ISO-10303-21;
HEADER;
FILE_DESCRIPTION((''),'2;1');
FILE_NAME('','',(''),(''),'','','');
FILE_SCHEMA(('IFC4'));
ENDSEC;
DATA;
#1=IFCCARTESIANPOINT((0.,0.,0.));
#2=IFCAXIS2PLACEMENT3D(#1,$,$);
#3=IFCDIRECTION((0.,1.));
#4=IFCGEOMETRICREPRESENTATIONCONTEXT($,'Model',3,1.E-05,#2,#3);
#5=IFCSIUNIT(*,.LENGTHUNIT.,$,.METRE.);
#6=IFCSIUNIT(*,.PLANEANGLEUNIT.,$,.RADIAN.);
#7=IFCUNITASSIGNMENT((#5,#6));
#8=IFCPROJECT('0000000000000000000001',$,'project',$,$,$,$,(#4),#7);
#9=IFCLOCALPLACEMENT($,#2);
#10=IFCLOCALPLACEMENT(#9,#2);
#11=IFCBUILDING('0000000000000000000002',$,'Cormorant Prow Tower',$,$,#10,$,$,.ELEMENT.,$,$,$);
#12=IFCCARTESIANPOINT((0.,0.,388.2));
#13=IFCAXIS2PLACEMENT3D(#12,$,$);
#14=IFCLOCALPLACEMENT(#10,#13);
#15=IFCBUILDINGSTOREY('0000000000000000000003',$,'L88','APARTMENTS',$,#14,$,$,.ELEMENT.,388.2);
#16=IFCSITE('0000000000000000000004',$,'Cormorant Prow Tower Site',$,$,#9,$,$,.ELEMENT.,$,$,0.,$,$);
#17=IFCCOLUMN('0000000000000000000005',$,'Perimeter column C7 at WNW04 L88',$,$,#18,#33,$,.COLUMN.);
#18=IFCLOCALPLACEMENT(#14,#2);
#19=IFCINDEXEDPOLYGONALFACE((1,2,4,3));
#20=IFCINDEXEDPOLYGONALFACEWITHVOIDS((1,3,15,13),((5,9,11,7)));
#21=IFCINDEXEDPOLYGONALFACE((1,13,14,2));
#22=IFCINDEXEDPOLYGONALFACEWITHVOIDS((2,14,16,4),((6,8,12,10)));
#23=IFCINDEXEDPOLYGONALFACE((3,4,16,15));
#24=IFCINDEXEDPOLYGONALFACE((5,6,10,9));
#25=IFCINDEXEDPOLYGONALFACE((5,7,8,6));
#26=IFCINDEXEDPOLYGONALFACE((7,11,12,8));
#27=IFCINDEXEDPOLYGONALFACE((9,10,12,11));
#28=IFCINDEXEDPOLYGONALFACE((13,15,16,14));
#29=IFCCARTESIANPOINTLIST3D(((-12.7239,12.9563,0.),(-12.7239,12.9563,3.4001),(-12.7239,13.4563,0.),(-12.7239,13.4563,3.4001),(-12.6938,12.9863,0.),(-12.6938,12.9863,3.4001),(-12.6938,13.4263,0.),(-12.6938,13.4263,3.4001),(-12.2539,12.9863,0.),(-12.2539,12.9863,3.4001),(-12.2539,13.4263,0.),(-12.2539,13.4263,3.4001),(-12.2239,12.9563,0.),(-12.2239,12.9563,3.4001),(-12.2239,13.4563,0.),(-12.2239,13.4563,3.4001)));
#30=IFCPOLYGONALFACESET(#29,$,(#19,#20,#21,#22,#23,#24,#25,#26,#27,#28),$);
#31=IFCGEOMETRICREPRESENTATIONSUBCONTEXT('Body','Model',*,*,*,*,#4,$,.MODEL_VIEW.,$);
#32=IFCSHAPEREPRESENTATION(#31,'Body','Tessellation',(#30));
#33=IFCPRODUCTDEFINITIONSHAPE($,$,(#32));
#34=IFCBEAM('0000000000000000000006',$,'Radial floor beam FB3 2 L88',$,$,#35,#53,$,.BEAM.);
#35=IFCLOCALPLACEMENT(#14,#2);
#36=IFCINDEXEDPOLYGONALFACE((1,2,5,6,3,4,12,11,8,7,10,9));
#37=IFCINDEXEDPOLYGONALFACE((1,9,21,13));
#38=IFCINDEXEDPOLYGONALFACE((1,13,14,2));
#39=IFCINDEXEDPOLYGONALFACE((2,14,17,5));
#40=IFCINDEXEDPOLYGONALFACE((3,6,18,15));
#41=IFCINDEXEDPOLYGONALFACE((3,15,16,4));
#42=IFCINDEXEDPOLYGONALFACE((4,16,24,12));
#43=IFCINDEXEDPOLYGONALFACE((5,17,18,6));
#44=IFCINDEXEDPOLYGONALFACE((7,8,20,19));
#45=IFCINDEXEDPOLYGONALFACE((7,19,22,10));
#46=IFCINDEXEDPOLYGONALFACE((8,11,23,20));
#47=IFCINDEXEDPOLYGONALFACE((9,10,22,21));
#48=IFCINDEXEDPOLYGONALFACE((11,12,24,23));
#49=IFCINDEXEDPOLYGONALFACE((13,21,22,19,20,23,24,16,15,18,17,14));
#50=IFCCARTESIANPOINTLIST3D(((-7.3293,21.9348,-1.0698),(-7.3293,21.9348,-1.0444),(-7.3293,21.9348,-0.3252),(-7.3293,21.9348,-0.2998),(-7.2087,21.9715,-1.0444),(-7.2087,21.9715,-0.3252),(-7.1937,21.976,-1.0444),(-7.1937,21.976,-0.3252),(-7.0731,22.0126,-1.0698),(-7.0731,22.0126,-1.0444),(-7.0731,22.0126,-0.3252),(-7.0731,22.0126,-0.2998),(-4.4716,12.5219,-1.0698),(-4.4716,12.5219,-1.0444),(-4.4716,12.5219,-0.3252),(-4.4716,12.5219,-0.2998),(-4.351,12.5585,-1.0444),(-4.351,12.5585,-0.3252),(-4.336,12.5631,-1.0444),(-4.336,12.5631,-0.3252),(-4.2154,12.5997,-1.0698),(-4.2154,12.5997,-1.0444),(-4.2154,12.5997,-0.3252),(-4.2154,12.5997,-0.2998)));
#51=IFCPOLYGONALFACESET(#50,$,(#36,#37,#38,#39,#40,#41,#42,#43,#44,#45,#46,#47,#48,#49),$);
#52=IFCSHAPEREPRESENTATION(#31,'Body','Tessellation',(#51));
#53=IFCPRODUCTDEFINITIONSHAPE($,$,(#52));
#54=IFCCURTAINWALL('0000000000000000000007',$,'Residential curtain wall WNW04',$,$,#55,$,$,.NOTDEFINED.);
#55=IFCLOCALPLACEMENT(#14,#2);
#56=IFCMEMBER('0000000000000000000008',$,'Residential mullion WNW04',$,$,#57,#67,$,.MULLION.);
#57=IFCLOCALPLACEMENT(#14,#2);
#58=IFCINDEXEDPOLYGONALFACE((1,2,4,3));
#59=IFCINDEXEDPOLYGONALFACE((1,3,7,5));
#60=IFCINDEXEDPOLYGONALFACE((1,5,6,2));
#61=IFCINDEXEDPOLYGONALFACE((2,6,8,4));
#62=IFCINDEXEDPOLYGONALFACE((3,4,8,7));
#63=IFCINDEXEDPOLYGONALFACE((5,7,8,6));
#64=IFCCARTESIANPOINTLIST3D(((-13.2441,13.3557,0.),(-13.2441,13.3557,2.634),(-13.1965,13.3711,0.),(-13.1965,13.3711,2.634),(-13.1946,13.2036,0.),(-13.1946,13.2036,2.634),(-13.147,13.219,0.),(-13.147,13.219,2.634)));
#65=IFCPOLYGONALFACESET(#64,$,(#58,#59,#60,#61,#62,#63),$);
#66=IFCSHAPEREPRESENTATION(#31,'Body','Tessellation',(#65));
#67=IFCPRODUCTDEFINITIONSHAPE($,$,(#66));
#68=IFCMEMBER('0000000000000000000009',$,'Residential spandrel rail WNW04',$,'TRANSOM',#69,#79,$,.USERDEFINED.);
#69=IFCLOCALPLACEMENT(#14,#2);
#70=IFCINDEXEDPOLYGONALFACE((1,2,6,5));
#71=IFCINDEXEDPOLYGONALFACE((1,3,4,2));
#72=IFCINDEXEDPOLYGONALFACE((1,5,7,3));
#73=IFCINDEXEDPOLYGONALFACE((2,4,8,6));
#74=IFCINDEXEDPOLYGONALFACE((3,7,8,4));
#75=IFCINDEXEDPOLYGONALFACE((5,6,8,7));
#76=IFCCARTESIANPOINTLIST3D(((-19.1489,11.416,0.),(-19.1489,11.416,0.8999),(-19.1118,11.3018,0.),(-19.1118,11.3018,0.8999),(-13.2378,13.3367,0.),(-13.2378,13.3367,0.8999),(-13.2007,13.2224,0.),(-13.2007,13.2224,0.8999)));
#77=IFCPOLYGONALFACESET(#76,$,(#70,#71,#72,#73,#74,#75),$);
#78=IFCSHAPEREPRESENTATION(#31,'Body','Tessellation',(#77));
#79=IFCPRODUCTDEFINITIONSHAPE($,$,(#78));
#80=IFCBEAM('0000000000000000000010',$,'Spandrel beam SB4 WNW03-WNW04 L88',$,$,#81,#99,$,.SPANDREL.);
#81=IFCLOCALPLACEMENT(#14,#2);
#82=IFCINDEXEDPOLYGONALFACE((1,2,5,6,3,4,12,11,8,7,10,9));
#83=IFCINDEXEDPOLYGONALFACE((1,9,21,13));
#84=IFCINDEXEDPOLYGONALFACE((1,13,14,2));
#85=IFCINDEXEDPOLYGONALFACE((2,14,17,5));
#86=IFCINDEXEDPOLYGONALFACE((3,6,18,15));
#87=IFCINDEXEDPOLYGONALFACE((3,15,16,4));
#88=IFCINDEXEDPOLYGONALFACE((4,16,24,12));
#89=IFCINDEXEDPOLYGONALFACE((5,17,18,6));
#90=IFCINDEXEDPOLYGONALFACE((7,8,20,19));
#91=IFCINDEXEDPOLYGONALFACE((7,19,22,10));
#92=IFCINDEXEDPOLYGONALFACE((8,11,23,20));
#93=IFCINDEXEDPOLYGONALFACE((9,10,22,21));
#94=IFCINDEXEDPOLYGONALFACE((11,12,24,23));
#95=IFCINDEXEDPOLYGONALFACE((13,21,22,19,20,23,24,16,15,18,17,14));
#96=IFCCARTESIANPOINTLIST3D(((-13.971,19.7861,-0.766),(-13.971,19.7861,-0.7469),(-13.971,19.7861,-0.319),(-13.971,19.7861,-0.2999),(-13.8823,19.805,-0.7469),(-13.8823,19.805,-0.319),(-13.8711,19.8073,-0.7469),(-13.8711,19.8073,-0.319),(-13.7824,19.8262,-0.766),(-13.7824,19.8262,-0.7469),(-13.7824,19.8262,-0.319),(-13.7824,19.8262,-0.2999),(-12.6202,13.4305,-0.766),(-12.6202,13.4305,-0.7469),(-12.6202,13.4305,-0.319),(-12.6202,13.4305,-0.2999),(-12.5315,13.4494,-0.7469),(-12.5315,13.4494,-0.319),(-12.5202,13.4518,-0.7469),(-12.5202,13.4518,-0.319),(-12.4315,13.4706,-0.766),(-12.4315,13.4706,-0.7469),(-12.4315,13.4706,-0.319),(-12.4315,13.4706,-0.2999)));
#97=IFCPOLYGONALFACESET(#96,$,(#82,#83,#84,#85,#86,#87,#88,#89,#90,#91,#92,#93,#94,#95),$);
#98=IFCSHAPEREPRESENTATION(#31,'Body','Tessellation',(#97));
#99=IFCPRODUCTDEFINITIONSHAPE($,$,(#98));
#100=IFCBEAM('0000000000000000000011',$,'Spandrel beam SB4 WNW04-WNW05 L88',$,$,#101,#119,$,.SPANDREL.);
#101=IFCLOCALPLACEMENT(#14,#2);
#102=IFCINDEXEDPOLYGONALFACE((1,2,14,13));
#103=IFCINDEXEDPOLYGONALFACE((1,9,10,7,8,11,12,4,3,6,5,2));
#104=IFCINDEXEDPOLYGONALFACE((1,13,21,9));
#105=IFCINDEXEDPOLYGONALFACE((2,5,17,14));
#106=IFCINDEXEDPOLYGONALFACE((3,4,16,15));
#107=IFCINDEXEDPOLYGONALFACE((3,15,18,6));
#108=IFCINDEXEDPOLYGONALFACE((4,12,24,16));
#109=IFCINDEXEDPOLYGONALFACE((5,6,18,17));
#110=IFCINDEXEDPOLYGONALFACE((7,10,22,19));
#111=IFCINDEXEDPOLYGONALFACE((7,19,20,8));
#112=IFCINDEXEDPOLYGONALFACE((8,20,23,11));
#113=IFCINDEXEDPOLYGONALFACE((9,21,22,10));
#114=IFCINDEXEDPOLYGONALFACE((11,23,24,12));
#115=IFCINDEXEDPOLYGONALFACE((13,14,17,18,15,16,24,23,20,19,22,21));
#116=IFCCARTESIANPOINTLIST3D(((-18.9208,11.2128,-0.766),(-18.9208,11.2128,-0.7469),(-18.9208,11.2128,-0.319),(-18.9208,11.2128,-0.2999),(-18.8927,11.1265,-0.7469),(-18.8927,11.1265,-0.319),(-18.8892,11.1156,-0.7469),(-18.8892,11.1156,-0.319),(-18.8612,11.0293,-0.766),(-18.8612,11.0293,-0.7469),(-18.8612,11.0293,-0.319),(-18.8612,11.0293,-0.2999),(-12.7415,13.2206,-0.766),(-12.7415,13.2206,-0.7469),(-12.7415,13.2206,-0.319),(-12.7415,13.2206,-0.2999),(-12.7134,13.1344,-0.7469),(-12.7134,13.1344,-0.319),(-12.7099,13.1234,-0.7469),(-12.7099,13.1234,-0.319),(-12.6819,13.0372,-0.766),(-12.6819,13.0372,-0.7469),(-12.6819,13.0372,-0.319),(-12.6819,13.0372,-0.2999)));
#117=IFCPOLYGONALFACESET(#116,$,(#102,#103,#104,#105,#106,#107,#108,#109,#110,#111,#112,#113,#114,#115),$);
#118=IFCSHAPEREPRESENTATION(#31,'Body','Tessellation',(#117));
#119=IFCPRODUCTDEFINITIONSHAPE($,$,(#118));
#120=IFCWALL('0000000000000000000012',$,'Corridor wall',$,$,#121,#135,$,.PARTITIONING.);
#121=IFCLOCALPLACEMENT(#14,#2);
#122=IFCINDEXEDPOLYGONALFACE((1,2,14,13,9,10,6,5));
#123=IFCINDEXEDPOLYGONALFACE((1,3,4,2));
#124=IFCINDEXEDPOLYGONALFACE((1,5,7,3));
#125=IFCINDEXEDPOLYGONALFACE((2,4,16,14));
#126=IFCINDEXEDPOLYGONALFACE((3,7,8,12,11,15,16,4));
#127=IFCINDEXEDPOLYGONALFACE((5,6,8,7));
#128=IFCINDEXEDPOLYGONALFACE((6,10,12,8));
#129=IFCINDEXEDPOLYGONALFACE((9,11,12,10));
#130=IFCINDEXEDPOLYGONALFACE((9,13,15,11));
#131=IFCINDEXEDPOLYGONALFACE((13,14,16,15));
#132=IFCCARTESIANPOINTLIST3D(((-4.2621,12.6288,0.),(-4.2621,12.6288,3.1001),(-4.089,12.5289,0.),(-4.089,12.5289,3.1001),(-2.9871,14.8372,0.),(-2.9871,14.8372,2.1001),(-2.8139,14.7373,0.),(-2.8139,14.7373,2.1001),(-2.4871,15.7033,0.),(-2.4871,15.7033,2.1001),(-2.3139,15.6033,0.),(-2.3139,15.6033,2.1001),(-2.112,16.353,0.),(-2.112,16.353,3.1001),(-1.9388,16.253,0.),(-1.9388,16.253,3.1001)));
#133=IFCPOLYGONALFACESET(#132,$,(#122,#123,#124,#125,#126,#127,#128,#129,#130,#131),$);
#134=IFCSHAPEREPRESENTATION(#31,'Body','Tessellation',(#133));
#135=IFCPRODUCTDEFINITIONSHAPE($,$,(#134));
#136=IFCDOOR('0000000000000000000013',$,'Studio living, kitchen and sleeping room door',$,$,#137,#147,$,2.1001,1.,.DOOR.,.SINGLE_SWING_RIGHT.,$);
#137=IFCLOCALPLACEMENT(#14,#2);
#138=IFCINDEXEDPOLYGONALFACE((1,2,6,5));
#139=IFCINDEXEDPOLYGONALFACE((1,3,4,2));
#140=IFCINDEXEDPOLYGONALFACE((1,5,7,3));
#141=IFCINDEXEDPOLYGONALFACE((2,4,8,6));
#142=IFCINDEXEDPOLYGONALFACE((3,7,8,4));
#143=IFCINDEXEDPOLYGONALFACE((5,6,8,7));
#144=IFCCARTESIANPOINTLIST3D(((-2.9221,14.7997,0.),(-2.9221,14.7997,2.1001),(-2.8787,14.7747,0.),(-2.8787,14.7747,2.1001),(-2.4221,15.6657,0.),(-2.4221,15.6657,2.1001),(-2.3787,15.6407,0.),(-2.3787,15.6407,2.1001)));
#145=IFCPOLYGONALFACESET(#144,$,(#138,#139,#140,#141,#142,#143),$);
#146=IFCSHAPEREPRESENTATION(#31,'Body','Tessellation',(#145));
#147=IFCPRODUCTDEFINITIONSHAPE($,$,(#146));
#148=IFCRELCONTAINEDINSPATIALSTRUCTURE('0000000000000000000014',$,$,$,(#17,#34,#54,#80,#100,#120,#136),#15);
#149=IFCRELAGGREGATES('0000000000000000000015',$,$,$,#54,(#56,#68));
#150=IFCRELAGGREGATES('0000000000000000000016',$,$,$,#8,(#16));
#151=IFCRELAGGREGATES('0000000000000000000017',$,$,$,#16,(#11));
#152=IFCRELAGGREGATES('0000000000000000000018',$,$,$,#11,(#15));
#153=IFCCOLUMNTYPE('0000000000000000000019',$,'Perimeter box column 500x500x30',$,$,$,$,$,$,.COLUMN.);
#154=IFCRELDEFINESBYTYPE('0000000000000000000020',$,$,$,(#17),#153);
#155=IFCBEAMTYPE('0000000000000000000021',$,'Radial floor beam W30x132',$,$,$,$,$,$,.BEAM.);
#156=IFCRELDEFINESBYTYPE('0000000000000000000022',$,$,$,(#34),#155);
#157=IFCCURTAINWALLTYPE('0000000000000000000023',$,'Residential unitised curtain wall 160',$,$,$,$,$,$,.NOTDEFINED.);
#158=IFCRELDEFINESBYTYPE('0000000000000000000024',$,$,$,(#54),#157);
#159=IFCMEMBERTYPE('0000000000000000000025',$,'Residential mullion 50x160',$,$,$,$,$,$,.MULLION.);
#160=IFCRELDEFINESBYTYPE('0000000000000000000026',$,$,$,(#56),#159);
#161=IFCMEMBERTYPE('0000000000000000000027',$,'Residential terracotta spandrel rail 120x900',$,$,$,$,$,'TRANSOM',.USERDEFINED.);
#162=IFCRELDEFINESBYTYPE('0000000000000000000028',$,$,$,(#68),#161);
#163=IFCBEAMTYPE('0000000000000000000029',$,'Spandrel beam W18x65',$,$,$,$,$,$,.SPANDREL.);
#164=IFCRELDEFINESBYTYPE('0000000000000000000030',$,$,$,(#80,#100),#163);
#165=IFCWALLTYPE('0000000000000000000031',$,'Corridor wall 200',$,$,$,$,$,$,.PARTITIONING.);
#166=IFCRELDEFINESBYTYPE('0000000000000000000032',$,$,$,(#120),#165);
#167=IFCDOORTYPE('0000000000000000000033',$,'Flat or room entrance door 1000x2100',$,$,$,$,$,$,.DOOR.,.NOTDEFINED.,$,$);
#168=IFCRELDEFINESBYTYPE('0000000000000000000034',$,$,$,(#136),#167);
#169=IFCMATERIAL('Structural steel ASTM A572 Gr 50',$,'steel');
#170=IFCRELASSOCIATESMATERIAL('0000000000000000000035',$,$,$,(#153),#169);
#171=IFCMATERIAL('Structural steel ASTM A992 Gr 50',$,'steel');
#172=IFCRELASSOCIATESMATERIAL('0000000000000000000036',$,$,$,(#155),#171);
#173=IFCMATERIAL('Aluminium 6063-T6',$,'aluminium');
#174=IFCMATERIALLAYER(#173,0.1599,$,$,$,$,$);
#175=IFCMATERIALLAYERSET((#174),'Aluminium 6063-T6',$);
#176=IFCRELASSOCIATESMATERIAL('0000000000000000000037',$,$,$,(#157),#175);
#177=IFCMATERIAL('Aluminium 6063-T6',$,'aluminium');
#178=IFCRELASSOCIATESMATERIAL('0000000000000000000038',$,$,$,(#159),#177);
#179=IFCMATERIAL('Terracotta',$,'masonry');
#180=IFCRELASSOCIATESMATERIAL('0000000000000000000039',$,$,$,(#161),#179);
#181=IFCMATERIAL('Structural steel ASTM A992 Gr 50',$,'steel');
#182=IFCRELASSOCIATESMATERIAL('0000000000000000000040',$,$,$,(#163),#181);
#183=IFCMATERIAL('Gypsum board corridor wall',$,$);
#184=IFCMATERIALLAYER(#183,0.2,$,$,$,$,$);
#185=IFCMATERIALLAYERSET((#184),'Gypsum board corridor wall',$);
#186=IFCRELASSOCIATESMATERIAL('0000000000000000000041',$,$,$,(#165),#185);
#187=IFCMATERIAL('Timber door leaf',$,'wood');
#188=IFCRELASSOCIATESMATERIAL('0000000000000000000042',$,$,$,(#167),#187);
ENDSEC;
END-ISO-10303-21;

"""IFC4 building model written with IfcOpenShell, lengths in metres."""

from ifc_helpers import new_model, si_unit, direction, frame, frame_2d, origin, origin_2d, place, context, subcontext, project, spatial, rectangle, hollow_rectangle, i_section, extrude, material, layer, layer_set, material_profile, profile_set, type_object, element, fill, aggregate, save


model = new_model("IFC4")

# Units and contexts
model_context = context("Model", 3, precision=1e-05, world=origin(), true_north=direction((0.0, 1.0)))
body_context = subcontext(model_context, "Body", "Model", "MODEL_VIEW")
ifc_project = project(units=[si_unit("LENGTHUNIT", "METRE"), si_unit("PLANEANGLEUNIT", "RADIAN")], contexts=[model_context])

# Site, building, storey
site_placement = place(None, origin())
site = spatial("IfcSite", under=ifc_project, at=site_placement, Name="Cormorant Prow Tower Site", CompositionType="ELEMENT", RefElevation=0.0)
building_placement = place(site_placement, origin())
building = spatial("IfcBuilding", under=site, at=building_placement, Name="Cormorant Prow Tower", CompositionType="ELEMENT")
storey_placement = place(building_placement, frame((0.0, 0.0, 388.2)))
storey = spatial("IfcBuildingStorey", under=building, at=storey_placement, Name="L88", Description="APARTMENTS", CompositionType="ELEMENT", Elevation=388.2)

# Column
ifc_material_1 = material(Name="Structural steel ASTM A572 Gr 50", Category="steel")
ifc_material_profile_1 = material_profile(ifc_material_1, hollow_rectangle(XDim=0.5, YDim=0.5, WallThickness=0.03, at=origin_2d()), Name="Box 500x500x30")
ifc_profile_set_1 = profile_set([ifc_material_profile_1], Name="Structural steel ASTM A572 Gr 50")
column_type = type_object("IfcColumnType", Name="Perimeter box column 500x500x30", PredefinedType="COLUMN", material=ifc_profile_set_1)
column_placement = place(storey_placement, frame((-12.4739, 13.2063, 0.0), z_axis=(0.0, 0.0, 1.0), x_axis=(1.0, 0.0, 0.0)))
element("IfcColumn", 1, at=column_placement, inside=storey, type_object=column_type, Name="Perimeter column C7 at WNW04 L88", PredefinedType="COLUMN", context=body_context, shape_type="SweptSolid", body=[
    extrude(hollow_rectangle(XDim=0.5, YDim=0.5, WallThickness=0.03, at=origin_2d()), origin(), (0.0, 0.0, 1.0), 3.4001),
])

# Beam
ifc_material_2 = material(Name="Structural steel ASTM A992 Gr 50", Category="steel")
ifc_material_profile_2 = material_profile(ifc_material_2, i_section(OverallWidth=0.2678, OverallDepth=0.77, WebThickness=0.0156, FlangeThickness=0.0254, at=origin_2d()), Name="W30x132")
ifc_profile_set_2 = profile_set([ifc_material_profile_2], Name="Structural steel ASTM A992 Gr 50")
beam_type_1 = type_object("IfcBeamType", Name="Radial floor beam W30x132", PredefinedType="BEAM", material=ifc_profile_set_2)
beam_1_placement = place(storey_placement, frame((-4.3435, 12.5608, -0.6848), z_axis=(-0.2905, 0.956875, 0.0), x_axis=(-0.956875, -0.2905, 0.0)))
element("IfcBeam", 2, at=beam_1_placement, inside=storey, type_object=beam_type_1, Name="Radial floor beam FB3 2 L88", PredefinedType="BEAM", context=body_context, shape_type="SweptSolid", body=[
    extrude(i_section(OverallWidth=0.2678, OverallDepth=0.77, WebThickness=0.0156, FlangeThickness=0.0254, at=origin_2d()), origin(), (0.0, 0.0, 1.0), 9.8372),
])

# Curtain wall, members
ifc_material_3 = material(Name="Aluminium 6063-T6", Category="aluminium")
ifc_layer_1 = layer(ifc_material_3, 0.1599)
ifc_layer_set_1 = layer_set([ifc_layer_1], Name="Aluminium 6063-T6")
curtain_wall_type = type_object("IfcCurtainWallType", Name="Residential unitised curtain wall 160", PredefinedType="NOTDEFINED", material=ifc_layer_set_1)
curtain_wall_placement = place(storey_placement, origin())
curtain_wall = element("IfcCurtainWall", 3, at=curtain_wall_placement, inside=storey, type_object=curtain_wall_type, Name="Residential curtain wall WNW04", PredefinedType="NOTDEFINED")
ifc_material_4 = material(Name="Aluminium 6063-T6", Category="aluminium")
ifc_material_profile_3 = material_profile(ifc_material_4, rectangle(XDim=0.1599, YDim=0.05, at=origin_2d()), Name="Residential mullion 50x160")
ifc_profile_set_3 = profile_set([ifc_material_profile_3], Name="Aluminium 6063-T6")
member_type_1 = type_object("IfcMemberType", Name="Residential mullion 50x160", PredefinedType="MULLION", material=ifc_profile_set_3)
member_1_placement = place(storey_placement, frame((-13.1956, 13.2874, 0.0), z_axis=(0.0, 0.0, 1.0), x_axis=(0.309017, -0.951057, 0.0)))
member_1 = element("IfcMember", 4, at=member_1_placement, type_object=member_type_1, Name="Residential mullion WNW04", PredefinedType="MULLION", context=body_context, shape_type="SweptSolid", body=[
    extrude(rectangle(XDim=0.1599, YDim=0.05, at=origin_2d()), origin(), (0.0, 0.0, 1.0), 2.634),
])
ifc_material_5 = material(Name="Terracotta", Category="masonry")
ifc_material_profile_4 = material_profile(ifc_material_5, rectangle(XDim=0.1201, YDim=0.8999, at=origin_2d()), Name="Residential terracotta spandrel rail 120x900")
ifc_profile_set_4 = profile_set([ifc_material_profile_4], Name="Terracotta")
member_type_2 = type_object("IfcMemberType", Name="Residential terracotta spandrel rail 120x900", ElementType="TRANSOM", PredefinedType="USERDEFINED", material=ifc_profile_set_4)
member_2_placement = place(storey_placement, frame((-13.2192, 13.2795, 0.45), z_axis=(-0.951056, -0.309019, 0.0), x_axis=(0.309019, -0.951056, 0.0)))
member_2 = element("IfcMember", 5, at=member_2_placement, type_object=member_type_2, Name="Residential spandrel rail WNW04", ObjectType="TRANSOM", PredefinedType="USERDEFINED", context=body_context, shape_type="SweptSolid", body=[
    extrude(rectangle(XDim=0.1201, YDim=0.8999, at=origin_2d()), origin(), (0.0, 0.0, 1.0), 6.2153),
])
aggregate(curtain_wall, [member_1, member_2])

# Beams
ifc_material_6 = material(Name="Structural steel ASTM A992 Gr 50", Category="steel")
ifc_material_profile_5 = material_profile(ifc_material_6, i_section(OverallWidth=0.1929, OverallDepth=0.4661, WebThickness=0.0115, FlangeThickness=0.019, at=origin_2d()), Name="W18x65")
ifc_profile_set_5 = profile_set([ifc_material_profile_5], Name="Structural steel ASTM A992 Gr 50")
beam_type_2 = type_object("IfcBeamType", Name="Spandrel beam W18x65", PredefinedType="SPANDREL", material=ifc_profile_set_5)
beam_2_placement = place(storey_placement, frame((-13.8767, 19.8062, -0.533), z_axis=(0.207902, -0.97815, 0.0), x_axis=(0.97815, 0.207902, 0.0)))
element("IfcBeam", 6, at=beam_2_placement, inside=storey, type_object=beam_type_2, Name="Spandrel beam SB4 WNW03-WNW04 L88", PredefinedType="SPANDREL", context=body_context, shape_type="SweptSolid", body=[
    extrude(i_section(OverallWidth=0.1929, OverallDepth=0.4661, WebThickness=0.0115, FlangeThickness=0.019, at=origin_2d()), origin(), (0.0, 0.0, 1.0), 6.4976),
])
beam_3_placement = place(storey_placement, frame((-12.7117, 13.1289, -0.533), z_axis=(-0.951053, -0.309027, 0.0), x_axis=(0.309027, -0.951053, 0.0)))
element("IfcBeam", 7, at=beam_3_placement, inside=storey, type_object=beam_type_2, Name="Spandrel beam SB4 WNW04-WNW05 L88", PredefinedType="SPANDREL", context=body_context, shape_type="SweptSolid", body=[
    extrude(i_section(OverallWidth=0.1929, OverallDepth=0.4661, WebThickness=0.0115, FlangeThickness=0.019, at=origin_2d()), origin(), (0.0, 0.0, 1.0), 6.4973),
])

# Wall, opening, door
ifc_material_7 = material(Name="Gypsum board corridor wall")
ifc_layer_2 = layer(ifc_material_7, 0.2)
ifc_layer_set_2 = layer_set([ifc_layer_2], Name="Gypsum board corridor wall")
wall_type_1 = type_object("IfcWallType", Name="Corridor wall 200", PredefinedType="PARTITIONING", material=ifc_layer_set_2)
wall_1_placement = place(storey_placement, frame((-4.1755, 12.5789, 0.0), z_axis=(0.0, 0.0, 1.0), x_axis=(0.500004, 0.866023, 0.0)))
wall_1 = element("IfcWall", 8, at=wall_1_placement, inside=storey, type_object=wall_type_1, Name="Corridor wall", PredefinedType="PARTITIONING", context=body_context, shape_type="SweptSolid", body=[
    extrude(rectangle(XDim=4.3003, YDim=0.2, at=frame_2d((2.1501, 0.0))), origin(), (0.0, 0.0, 1.0), 3.1001),
])
opening_1_placement = place(wall_1_placement, frame((2.55, 0.0, 0.0)))
opening_1 = element("IfcOpeningElement", 9, at=opening_1_placement, cuts=wall_1, PredefinedType="OPENING", context=body_context, shape_type="SweptSolid", body=[
    extrude(rectangle(XDim=1.0, YDim=2.1001, at=frame_2d((0.5, 1.05))), frame((0.0, 0.1099, 0.0), z_axis=(0.0, -1.0, 0.0), x_axis=(1.0, 0.0, 0.0)), (0.0, 0.0, 1.0), 0.22),
])
ifc_material_8 = material(Name="Timber door leaf", Category="wood")
door_type_1 = type_object("IfcDoorType", Name="Flat or room entrance door 1000x2100", OperationType="NOTDEFINED", PredefinedType="DOOR", material=ifc_material_8)
door_1_placement = place(opening_1_placement, origin())
door_1 = element("IfcDoor", 10, at=door_1_placement, inside=storey, type_object=door_type_1, Name="Studio living, kitchen and sleeping room door", OperationType="SINGLE_SWING_RIGHT", OverallHeight=2.1001, OverallWidth=1.0, PredefinedType="DOOR", context=body_context, shape_type="SweptSolid", body=[
    extrude(rectangle(XDim=1.0, YDim=2.1001, at=frame_2d((0.5, 1.05))), frame((0.0, 0.0249, 0.0), z_axis=(0.0, -1.0, 0.0), x_axis=(1.0, 0.0, 0.0)), (0.0, 0.0, 1.0), 0.05),
])
fill(opening_1, door_1)

save(model, "model.ifc")
